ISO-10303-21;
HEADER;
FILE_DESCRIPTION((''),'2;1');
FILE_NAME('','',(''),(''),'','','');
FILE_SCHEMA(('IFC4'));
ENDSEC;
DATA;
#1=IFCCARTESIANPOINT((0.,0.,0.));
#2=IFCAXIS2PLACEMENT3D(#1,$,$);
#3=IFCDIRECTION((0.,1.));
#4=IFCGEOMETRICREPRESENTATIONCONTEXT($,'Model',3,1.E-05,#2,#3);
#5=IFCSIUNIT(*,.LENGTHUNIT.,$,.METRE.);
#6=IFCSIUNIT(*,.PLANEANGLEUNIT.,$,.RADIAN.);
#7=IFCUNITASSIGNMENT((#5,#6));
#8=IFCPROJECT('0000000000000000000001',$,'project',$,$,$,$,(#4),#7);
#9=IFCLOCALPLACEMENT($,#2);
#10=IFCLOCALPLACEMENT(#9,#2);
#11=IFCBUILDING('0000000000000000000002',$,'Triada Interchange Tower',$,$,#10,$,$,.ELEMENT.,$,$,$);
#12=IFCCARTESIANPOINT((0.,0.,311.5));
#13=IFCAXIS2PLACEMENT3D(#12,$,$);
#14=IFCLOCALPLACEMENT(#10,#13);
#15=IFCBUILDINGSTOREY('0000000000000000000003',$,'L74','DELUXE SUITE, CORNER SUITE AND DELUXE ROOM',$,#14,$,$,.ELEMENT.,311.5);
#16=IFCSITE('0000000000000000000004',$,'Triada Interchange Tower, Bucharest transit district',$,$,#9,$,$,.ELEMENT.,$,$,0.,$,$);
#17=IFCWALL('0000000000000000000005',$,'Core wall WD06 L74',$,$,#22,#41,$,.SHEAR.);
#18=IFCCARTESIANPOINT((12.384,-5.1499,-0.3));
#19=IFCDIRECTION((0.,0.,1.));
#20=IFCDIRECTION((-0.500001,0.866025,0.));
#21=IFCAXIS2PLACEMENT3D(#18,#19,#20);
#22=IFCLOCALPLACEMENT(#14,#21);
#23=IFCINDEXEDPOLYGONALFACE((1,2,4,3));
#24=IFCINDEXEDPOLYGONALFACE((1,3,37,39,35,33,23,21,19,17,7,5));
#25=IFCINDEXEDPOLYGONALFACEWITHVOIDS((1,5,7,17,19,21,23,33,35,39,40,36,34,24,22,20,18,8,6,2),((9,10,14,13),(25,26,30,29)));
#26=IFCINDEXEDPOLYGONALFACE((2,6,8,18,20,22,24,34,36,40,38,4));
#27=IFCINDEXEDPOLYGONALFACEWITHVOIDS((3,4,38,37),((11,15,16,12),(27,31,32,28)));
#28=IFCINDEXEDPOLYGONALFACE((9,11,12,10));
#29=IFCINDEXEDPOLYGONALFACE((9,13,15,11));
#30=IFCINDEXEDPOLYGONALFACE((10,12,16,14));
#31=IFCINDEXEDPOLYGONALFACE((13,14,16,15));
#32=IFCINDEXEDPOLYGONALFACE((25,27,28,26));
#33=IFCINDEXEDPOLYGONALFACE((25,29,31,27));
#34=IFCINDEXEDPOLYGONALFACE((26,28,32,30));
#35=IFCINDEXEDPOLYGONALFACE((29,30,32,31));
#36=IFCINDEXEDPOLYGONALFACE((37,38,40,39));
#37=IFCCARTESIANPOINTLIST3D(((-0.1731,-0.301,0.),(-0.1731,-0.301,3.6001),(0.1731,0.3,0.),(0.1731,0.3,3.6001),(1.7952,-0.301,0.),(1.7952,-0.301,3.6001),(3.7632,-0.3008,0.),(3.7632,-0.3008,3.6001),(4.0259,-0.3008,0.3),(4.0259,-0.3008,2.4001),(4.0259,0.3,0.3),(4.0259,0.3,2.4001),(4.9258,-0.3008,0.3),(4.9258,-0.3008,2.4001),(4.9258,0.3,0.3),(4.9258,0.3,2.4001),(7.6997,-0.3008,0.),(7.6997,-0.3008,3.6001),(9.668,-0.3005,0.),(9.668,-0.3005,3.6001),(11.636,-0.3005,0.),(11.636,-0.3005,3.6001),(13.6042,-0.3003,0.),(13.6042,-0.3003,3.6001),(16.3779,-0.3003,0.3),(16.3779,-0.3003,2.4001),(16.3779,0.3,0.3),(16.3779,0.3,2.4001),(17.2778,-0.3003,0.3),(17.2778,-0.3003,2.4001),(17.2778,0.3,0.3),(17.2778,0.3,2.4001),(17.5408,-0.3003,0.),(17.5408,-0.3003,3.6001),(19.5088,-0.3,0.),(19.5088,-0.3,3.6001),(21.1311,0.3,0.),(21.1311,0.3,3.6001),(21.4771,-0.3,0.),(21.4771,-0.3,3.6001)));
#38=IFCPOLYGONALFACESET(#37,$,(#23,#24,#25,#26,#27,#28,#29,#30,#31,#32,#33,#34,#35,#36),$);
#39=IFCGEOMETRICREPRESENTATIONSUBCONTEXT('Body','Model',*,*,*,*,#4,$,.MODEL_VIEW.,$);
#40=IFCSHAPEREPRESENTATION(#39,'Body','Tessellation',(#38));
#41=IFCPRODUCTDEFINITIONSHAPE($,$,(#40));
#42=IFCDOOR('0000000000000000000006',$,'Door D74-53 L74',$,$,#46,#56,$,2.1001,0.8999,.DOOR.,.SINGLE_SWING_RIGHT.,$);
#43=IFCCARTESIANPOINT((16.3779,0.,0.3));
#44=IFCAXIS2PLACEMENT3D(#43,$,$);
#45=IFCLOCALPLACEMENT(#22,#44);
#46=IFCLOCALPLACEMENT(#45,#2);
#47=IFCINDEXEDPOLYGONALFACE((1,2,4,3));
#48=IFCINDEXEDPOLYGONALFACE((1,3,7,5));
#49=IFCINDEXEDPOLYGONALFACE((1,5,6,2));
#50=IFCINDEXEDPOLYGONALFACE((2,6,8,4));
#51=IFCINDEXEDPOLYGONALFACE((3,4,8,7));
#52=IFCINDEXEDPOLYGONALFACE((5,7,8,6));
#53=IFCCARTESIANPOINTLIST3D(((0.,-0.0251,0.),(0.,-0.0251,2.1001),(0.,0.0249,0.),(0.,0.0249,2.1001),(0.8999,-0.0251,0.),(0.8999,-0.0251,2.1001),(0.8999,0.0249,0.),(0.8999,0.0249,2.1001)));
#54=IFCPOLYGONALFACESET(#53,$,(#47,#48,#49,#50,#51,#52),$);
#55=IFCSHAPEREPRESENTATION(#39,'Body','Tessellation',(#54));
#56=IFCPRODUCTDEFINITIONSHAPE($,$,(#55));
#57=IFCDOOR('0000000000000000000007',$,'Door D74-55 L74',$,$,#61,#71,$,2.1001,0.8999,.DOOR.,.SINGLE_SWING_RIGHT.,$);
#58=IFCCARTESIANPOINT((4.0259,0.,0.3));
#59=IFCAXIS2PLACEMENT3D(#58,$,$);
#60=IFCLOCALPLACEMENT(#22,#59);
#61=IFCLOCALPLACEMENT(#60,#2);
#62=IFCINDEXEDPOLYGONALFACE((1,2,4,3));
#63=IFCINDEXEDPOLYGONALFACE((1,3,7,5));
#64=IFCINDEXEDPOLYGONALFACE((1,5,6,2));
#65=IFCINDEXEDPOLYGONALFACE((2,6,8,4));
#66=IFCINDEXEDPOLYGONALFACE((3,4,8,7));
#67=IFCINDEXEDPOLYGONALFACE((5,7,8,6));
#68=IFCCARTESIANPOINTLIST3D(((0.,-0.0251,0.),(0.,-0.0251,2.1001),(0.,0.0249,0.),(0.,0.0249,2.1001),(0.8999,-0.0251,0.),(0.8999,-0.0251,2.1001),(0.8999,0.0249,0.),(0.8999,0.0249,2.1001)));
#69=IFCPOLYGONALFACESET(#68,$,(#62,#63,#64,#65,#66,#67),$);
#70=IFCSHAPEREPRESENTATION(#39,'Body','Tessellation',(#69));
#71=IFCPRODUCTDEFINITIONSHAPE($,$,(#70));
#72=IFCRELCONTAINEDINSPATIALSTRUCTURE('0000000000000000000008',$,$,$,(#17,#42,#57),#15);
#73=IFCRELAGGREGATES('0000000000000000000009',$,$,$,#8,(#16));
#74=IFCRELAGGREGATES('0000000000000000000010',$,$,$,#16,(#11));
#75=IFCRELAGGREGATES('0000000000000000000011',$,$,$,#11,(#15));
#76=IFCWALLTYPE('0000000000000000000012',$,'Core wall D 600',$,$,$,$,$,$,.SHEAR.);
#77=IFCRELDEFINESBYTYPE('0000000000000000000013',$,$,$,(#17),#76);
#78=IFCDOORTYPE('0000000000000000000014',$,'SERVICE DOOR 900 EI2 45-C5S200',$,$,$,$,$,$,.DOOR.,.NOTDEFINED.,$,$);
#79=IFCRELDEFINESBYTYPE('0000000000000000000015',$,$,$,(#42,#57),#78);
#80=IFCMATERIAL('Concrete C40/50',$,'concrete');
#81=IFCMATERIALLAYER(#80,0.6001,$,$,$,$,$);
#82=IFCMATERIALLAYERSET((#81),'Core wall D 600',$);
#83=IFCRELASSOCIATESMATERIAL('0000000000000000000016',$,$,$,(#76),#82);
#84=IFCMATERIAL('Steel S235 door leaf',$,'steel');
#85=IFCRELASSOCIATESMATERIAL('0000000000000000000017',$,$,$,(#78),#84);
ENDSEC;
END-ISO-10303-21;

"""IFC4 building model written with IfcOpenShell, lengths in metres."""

from ifc_helpers import new_model, si_unit, direction, frame, frame_2d, origin, place, context, subcontext, project, spatial, polyline, rectangle, outline, extrude, material, layer, layer_set, type_object, element, fill, save


model = new_model("IFC4")

# Units and contexts
model_context = context("Model", 3, precision=1e-05, world=origin(), true_north=direction((0.0, 1.0)))
body_context = subcontext(model_context, "Body", "Model", "MODEL_VIEW")
ifc_project = project(units=[si_unit("LENGTHUNIT", "METRE"), si_unit("PLANEANGLEUNIT", "RADIAN")], contexts=[model_context])

# Site, building, storey
site_placement = place(None, origin())
site = spatial("IfcSite", under=ifc_project, at=site_placement, Name="Triada Interchange Tower, Bucharest transit district", CompositionType="ELEMENT", RefElevation=0.0)
building_placement = place(site_placement, origin())
building = spatial("IfcBuilding", under=site, at=building_placement, Name="Triada Interchange Tower", CompositionType="ELEMENT")
storey_placement = place(building_placement, frame((0.0, 0.0, 311.5)))
storey = spatial("IfcBuildingStorey", under=building, at=storey_placement, Name="L74", Description="DELUXE SUITE, CORNER SUITE AND DELUXE ROOM", CompositionType="ELEMENT", Elevation=311.5)

# Shared definitions
ifc_material_1 = material(Name="Concrete C40/50", Category="concrete")

# Wall, openings, doors
ifc_layer_1 = layer(ifc_material_1, 0.6001)
ifc_layer_set_1 = layer_set([ifc_layer_1], Name="Core wall D 600")
wall_type_1 = type_object("IfcWallType", Name="Core wall D 600", PredefinedType="SHEAR", material=ifc_layer_set_1)
wall_1_placement = place(storey_placement, frame((12.384, -5.1499, -0.3), z_axis=(0.0, 0.0, 1.0), x_axis=(-0.500001, 0.866025, 0.0)))
wall_1 = element("IfcWall", 1, at=wall_1_placement, inside=storey, type_object=wall_type_1, Name="Core wall WD06 L74", PredefinedType="SHEAR", context=body_context, shape_type="SweptSolid", body=[
    extrude(outline(polyline([(-0.1731, -0.301), (1.7952, -0.301), (3.7632, -0.3008), (5.7314, -0.3008), (7.6997, -0.3008), (9.668, -0.3005), (11.636, -0.3005), (13.6042, -0.3003), (15.5725, -0.3003), (17.5408, -0.3003), (19.5088, -0.3), (21.4771, -0.3), (21.1311, 0.3), (19.2258, 0.3), (17.3206, 0.3), (15.4153, 0.3), (13.51, 0.3), (11.6047, 0.3), (9.6995, 0.3), (7.7942, 0.3), (5.8889, 0.3), (3.9836, 0.3), (2.0784, 0.3), (0.1731, 0.3), (-0.1731, -0.301)])), origin(), (0.0, 0.0, 1.0), 3.6001),
])
opening_1_placement = place(wall_1_placement, frame((16.3779, 0.0, 0.3)))
opening_1 = element("IfcOpeningElement", 2, at=opening_1_placement, cuts=wall_1, PredefinedType="OPENING", context=body_context, shape_type="SweptSolid", body=[
    extrude(rectangle(XDim=0.8999, YDim=2.1001, at=frame_2d((0.45, 1.05))), frame((0.0, 0.3101, 0.0), z_axis=(0.0, -1.0, 0.0), x_axis=(1.0, 0.0, 0.0)), (0.0, 0.0, 1.0), 0.6211),
])
opening_2_placement = place(wall_1_placement, frame((4.0259, 0.0, 0.3)))
opening_2 = element("IfcOpeningElement", 3, at=opening_2_placement, cuts=wall_1, PredefinedType="OPENING", context=body_context, shape_type="SweptSolid", body=[
    extrude(rectangle(XDim=0.8999, YDim=2.1001, at=frame_2d((0.45, 1.05))), frame((0.0, 0.3101, 0.0), z_axis=(0.0, -1.0, 0.0), x_axis=(1.0, 0.0, 0.0)), (0.0, 0.0, 1.0), 0.6211),
])
ifc_material_2 = material(Name="Steel S235 door leaf", Category="steel")
door_type_1 = type_object("IfcDoorType", Name="SERVICE DOOR 900 EI2 45-C5S200", OperationType="NOTDEFINED", PredefinedType="DOOR", material=ifc_material_2)
door_1_placement = place(opening_1_placement, origin())
door_1 = element("IfcDoor", 4, at=door_1_placement, inside=storey, type_object=door_type_1, Name="Door D74-53 L74", OperationType="SINGLE_SWING_RIGHT", OverallHeight=2.1001, OverallWidth=0.8999, PredefinedType="DOOR", context=body_context, shape_type="SweptSolid", body=[
    extrude(rectangle(XDim=0.8999, YDim=2.1001, at=frame_2d((0.45, 1.05))), frame((0.0, 0.0249, 0.0), z_axis=(0.0, -1.0, 0.0), x_axis=(1.0, 0.0, 0.0)), (0.0, 0.0, 1.0), 0.05),
])
fill(opening_1, door_1)
door_2_placement = place(opening_2_placement, origin())
door_2 = element("IfcDoor", 5, at=door_2_placement, inside=storey, type_object=door_type_1, Name="Door D74-55 L74", OperationType="SINGLE_SWING_RIGHT", OverallHeight=2.1001, OverallWidth=0.8999, PredefinedType="DOOR", context=body_context, shape_type="SweptSolid", body=[
    extrude(rectangle(XDim=0.8999, YDim=2.1001, at=frame_2d((0.45, 1.05))), frame((0.0, 0.0249, 0.0), z_axis=(0.0, -1.0, 0.0), x_axis=(1.0, 0.0, 0.0)), (0.0, 0.0, 1.0), 0.05),
])
fill(opening_2, door_2)

save(model, "model.ifc")
